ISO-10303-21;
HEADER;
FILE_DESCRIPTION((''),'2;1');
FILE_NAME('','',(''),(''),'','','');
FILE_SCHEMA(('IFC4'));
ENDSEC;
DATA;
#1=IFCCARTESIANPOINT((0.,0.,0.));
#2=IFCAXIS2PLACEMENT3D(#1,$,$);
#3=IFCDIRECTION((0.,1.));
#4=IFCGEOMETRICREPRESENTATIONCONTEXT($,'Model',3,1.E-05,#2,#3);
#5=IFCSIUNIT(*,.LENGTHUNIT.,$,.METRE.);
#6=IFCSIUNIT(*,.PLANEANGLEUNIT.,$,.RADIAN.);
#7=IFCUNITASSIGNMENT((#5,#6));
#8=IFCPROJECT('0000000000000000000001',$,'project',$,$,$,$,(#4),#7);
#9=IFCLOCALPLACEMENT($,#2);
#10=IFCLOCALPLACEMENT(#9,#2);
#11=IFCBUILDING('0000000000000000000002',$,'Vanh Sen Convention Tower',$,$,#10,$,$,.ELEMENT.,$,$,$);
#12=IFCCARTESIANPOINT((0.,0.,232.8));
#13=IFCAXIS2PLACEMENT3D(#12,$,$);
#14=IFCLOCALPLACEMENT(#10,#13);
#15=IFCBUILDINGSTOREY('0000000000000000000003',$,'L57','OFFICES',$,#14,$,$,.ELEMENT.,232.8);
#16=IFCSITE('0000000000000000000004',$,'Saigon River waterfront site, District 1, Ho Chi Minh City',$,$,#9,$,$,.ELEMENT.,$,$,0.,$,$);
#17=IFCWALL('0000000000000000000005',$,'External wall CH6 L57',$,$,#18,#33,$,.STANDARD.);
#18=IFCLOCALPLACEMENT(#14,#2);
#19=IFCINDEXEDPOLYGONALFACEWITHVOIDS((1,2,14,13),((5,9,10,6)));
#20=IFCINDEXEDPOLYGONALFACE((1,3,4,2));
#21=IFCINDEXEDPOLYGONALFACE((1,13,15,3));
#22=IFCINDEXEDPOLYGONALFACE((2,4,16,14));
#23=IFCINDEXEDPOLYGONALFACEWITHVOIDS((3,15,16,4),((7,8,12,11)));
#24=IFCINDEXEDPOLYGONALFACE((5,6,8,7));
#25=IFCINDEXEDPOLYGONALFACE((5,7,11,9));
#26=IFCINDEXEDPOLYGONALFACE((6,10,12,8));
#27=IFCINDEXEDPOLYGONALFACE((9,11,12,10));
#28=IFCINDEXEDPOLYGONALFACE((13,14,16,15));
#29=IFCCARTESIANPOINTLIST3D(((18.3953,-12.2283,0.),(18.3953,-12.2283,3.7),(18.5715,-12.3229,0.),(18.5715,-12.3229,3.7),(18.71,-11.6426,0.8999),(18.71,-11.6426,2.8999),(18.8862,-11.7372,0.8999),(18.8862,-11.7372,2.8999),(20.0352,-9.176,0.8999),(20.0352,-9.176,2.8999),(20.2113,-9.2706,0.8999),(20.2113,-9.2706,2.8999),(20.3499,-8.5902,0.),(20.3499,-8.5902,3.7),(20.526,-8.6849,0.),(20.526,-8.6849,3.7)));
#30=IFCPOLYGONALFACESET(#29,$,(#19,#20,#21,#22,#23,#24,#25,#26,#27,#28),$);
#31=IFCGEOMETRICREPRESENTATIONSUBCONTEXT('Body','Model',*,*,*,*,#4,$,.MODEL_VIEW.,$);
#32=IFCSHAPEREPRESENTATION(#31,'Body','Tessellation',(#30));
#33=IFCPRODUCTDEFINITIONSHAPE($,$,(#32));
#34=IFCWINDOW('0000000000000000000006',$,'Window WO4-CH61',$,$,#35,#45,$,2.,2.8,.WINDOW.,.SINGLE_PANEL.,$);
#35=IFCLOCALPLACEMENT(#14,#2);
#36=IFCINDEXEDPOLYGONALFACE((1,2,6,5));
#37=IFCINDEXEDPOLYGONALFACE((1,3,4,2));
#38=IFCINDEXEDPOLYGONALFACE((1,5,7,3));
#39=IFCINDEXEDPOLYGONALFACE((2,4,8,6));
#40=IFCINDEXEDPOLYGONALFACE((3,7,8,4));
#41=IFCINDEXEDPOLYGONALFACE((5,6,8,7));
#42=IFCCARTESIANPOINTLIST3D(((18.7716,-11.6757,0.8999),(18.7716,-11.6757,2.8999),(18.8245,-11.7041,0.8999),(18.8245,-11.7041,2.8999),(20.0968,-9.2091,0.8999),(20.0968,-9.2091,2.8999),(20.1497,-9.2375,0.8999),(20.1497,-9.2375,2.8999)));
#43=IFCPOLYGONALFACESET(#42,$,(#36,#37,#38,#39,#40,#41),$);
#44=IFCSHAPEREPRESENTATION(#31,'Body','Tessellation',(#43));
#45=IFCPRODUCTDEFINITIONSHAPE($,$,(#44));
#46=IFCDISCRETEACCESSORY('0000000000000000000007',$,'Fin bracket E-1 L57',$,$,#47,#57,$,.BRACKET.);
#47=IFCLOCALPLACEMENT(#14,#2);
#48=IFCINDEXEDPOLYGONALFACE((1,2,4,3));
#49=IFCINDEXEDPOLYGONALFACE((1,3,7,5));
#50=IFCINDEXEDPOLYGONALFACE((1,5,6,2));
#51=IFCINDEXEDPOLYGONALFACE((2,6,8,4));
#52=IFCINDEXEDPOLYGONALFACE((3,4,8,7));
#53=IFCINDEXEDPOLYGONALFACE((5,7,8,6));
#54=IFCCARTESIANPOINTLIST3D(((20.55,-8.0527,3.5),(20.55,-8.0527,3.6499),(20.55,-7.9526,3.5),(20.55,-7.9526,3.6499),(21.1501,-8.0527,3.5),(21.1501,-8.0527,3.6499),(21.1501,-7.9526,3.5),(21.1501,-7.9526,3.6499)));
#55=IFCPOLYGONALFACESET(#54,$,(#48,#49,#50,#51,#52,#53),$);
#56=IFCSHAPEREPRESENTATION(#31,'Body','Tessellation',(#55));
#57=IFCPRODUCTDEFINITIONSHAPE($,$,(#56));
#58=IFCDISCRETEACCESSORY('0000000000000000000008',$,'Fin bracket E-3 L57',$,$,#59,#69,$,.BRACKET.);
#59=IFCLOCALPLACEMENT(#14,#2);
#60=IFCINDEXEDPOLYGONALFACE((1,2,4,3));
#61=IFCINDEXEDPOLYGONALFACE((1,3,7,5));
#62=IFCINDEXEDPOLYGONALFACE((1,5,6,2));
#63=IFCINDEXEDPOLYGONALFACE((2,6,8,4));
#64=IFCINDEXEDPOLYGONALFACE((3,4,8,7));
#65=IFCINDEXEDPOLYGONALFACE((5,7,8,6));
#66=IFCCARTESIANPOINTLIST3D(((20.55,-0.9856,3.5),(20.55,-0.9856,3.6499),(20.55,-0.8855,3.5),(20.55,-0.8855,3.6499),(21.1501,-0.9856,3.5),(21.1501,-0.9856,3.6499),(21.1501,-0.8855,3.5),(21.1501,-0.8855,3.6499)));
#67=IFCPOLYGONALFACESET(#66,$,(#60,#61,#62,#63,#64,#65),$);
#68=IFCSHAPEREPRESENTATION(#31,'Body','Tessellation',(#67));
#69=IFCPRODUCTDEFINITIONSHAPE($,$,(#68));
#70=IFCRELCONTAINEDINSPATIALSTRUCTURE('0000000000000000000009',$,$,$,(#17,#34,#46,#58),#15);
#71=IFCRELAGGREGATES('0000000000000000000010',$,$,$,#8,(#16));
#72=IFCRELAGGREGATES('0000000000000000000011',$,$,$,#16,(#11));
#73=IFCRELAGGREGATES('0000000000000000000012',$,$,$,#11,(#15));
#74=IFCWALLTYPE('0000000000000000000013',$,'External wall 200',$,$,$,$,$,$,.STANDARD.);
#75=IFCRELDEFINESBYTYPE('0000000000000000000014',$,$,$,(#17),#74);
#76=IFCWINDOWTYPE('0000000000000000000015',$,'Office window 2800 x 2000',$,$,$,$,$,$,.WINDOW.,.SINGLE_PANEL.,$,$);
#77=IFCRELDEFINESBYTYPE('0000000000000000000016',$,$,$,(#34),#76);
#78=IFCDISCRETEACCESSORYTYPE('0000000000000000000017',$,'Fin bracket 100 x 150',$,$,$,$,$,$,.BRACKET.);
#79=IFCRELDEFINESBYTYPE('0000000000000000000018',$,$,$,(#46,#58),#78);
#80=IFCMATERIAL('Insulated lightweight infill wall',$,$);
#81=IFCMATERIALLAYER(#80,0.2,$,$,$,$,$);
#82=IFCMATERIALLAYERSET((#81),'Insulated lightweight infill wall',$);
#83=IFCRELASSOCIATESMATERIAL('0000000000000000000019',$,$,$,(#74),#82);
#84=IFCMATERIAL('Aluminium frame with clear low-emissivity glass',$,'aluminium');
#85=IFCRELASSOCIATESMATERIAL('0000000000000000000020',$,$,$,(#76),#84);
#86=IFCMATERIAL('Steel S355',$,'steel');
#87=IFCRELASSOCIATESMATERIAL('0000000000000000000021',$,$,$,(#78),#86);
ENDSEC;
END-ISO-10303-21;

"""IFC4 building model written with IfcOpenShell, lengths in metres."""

from ifc_helpers import new_model, si_unit, direction, frame, frame_2d, origin, origin_2d, place, context, subcontext, project, spatial, rectangle, extrude, material, layer, layer_set, type_object, element, fill, save


model = new_model("IFC4")

# Units and contexts
model_context = context("Model", 3, precision=1e-05, world=origin(), true_north=direction((0.0, 1.0)))
body_context = subcontext(model_context, "Body", "Model", "MODEL_VIEW")
ifc_project = project(units=[si_unit("LENGTHUNIT", "METRE"), si_unit("PLANEANGLEUNIT", "RADIAN")], contexts=[model_context])

# Site, building, storey
site_placement = place(None, origin())
site = spatial("IfcSite", under=ifc_project, at=site_placement, Name="Saigon River waterfront site, District 1, Ho Chi Minh City", CompositionType="ELEMENT", RefElevation=0.0)
building_placement = place(site_placement, origin())
building = spatial("IfcBuilding", under=site, at=building_placement, Name="Vanh Sen Convention Tower", CompositionType="ELEMENT")
storey_placement = place(building_placement, frame((0.0, 0.0, 232.8)))
storey = spatial("IfcBuildingStorey", under=building, at=storey_placement, Name="L57", Description="OFFICES", CompositionType="ELEMENT", Elevation=232.8)

# Shared definitions
ifc_material_1 = material(Name="Insulated lightweight infill wall")
ifc_layer_1 = layer(ifc_material_1, 0.2)
ifc_layer_set_1 = layer_set([ifc_layer_1], Name="Insulated lightweight infill wall")
wall_type = type_object("IfcWallType", Name="External wall 200", PredefinedType="STANDARD", material=ifc_layer_set_1)
ifc_material_2 = material(Name="Aluminium frame with clear low-emissivity glass", Category="aluminium")

# Wall, opening, window
wall_1_placement = place(storey_placement, frame((18.4834, -12.2756, 0.0), z_axis=(0.0, 0.0, 1.0), x_axis=(0.473268, 0.880919, 0.0)))
wall_1 = element("IfcWall", 1, at=wall_1_placement, inside=storey, type_object=wall_type, Name="External wall CH6 L57", PredefinedType="STANDARD", context=body_context, shape_type="SweptSolid", body=[
    extrude(rectangle(XDim=4.1299, YDim=0.2, at=frame_2d((2.0649, 0.0))), origin(), (0.0, 0.0, 1.0), 3.7),
])
opening_1_placement = place(wall_1_placement, frame((0.665, 0.0, 0.8999)))
opening_1 = element("IfcOpeningElement", 2, at=opening_1_placement, cuts=wall_1, PredefinedType="OPENING", context=body_context, shape_type="SweptSolid", body=[
    extrude(rectangle(XDim=2.8, YDim=2.0, at=frame_2d((1.3999, 1.0))), frame((0.0, 0.1099, 0.0), z_axis=(0.0, -1.0, 0.0), x_axis=(1.0, 0.0, 0.0)), (0.0, 0.0, 1.0), 0.22),
])
window_type_1 = type_object("IfcWindowType", Name="Office window 2800 x 2000", PartitioningType="SINGLE_PANEL", PredefinedType="WINDOW", material=ifc_material_2)
window_1_placement = place(opening_1_placement, origin())
window_1 = element("IfcWindow", 3, at=window_1_placement, inside=storey, type_object=window_type_1, Name="Window WO4-CH61", OverallHeight=2.0, OverallWidth=2.8, PartitioningType="SINGLE_PANEL", PredefinedType="WINDOW", context=body_context, shape_type="SweptSolid", body=[
    extrude(rectangle(XDim=2.8, YDim=2.0, at=frame_2d((1.3999, 1.0))), frame((0.0, 0.03, 0.0), z_axis=(0.0, -1.0, 0.0), x_axis=(1.0, 0.0, 0.0)), (0.0, 0.0, 1.0), 0.0601),
])
fill(opening_1, window_1)

# Discrete accessories
ifc_material_3 = material(Name="Steel S355", Category="steel")
discrete_accessory_type = type_object("IfcDiscreteAccessoryType", Name="Fin bracket 100 x 150", PredefinedType="BRACKET", material=ifc_material_3)
for number, where, z_axis, x_axis, name in (
    (4, (20.8501, -8.0027, 3.5), (0.0, 0.0, 1.0), (1.0, 0.0, 0.0), "Fin bracket E-1 L57"),
    (5, (20.8501, -0.9355, 3.5), (0.0, 0.0, 1.0), (1.0, 0.0, 0.0), "Fin bracket E-3 L57"),
):
    element("IfcDiscreteAccessory", number, at=place(storey_placement, frame(where, z_axis=z_axis, x_axis=x_axis)), inside=storey, type_object=discrete_accessory_type, Name=name, PredefinedType="BRACKET", context=body_context, shape_type="SweptSolid", body=[
        extrude(rectangle(XDim=0.6001, YDim=0.1001, at=origin_2d()), origin(), (0.0, 0.0, 1.0), 0.1499),
    ])

save(model, "model.ifc")
